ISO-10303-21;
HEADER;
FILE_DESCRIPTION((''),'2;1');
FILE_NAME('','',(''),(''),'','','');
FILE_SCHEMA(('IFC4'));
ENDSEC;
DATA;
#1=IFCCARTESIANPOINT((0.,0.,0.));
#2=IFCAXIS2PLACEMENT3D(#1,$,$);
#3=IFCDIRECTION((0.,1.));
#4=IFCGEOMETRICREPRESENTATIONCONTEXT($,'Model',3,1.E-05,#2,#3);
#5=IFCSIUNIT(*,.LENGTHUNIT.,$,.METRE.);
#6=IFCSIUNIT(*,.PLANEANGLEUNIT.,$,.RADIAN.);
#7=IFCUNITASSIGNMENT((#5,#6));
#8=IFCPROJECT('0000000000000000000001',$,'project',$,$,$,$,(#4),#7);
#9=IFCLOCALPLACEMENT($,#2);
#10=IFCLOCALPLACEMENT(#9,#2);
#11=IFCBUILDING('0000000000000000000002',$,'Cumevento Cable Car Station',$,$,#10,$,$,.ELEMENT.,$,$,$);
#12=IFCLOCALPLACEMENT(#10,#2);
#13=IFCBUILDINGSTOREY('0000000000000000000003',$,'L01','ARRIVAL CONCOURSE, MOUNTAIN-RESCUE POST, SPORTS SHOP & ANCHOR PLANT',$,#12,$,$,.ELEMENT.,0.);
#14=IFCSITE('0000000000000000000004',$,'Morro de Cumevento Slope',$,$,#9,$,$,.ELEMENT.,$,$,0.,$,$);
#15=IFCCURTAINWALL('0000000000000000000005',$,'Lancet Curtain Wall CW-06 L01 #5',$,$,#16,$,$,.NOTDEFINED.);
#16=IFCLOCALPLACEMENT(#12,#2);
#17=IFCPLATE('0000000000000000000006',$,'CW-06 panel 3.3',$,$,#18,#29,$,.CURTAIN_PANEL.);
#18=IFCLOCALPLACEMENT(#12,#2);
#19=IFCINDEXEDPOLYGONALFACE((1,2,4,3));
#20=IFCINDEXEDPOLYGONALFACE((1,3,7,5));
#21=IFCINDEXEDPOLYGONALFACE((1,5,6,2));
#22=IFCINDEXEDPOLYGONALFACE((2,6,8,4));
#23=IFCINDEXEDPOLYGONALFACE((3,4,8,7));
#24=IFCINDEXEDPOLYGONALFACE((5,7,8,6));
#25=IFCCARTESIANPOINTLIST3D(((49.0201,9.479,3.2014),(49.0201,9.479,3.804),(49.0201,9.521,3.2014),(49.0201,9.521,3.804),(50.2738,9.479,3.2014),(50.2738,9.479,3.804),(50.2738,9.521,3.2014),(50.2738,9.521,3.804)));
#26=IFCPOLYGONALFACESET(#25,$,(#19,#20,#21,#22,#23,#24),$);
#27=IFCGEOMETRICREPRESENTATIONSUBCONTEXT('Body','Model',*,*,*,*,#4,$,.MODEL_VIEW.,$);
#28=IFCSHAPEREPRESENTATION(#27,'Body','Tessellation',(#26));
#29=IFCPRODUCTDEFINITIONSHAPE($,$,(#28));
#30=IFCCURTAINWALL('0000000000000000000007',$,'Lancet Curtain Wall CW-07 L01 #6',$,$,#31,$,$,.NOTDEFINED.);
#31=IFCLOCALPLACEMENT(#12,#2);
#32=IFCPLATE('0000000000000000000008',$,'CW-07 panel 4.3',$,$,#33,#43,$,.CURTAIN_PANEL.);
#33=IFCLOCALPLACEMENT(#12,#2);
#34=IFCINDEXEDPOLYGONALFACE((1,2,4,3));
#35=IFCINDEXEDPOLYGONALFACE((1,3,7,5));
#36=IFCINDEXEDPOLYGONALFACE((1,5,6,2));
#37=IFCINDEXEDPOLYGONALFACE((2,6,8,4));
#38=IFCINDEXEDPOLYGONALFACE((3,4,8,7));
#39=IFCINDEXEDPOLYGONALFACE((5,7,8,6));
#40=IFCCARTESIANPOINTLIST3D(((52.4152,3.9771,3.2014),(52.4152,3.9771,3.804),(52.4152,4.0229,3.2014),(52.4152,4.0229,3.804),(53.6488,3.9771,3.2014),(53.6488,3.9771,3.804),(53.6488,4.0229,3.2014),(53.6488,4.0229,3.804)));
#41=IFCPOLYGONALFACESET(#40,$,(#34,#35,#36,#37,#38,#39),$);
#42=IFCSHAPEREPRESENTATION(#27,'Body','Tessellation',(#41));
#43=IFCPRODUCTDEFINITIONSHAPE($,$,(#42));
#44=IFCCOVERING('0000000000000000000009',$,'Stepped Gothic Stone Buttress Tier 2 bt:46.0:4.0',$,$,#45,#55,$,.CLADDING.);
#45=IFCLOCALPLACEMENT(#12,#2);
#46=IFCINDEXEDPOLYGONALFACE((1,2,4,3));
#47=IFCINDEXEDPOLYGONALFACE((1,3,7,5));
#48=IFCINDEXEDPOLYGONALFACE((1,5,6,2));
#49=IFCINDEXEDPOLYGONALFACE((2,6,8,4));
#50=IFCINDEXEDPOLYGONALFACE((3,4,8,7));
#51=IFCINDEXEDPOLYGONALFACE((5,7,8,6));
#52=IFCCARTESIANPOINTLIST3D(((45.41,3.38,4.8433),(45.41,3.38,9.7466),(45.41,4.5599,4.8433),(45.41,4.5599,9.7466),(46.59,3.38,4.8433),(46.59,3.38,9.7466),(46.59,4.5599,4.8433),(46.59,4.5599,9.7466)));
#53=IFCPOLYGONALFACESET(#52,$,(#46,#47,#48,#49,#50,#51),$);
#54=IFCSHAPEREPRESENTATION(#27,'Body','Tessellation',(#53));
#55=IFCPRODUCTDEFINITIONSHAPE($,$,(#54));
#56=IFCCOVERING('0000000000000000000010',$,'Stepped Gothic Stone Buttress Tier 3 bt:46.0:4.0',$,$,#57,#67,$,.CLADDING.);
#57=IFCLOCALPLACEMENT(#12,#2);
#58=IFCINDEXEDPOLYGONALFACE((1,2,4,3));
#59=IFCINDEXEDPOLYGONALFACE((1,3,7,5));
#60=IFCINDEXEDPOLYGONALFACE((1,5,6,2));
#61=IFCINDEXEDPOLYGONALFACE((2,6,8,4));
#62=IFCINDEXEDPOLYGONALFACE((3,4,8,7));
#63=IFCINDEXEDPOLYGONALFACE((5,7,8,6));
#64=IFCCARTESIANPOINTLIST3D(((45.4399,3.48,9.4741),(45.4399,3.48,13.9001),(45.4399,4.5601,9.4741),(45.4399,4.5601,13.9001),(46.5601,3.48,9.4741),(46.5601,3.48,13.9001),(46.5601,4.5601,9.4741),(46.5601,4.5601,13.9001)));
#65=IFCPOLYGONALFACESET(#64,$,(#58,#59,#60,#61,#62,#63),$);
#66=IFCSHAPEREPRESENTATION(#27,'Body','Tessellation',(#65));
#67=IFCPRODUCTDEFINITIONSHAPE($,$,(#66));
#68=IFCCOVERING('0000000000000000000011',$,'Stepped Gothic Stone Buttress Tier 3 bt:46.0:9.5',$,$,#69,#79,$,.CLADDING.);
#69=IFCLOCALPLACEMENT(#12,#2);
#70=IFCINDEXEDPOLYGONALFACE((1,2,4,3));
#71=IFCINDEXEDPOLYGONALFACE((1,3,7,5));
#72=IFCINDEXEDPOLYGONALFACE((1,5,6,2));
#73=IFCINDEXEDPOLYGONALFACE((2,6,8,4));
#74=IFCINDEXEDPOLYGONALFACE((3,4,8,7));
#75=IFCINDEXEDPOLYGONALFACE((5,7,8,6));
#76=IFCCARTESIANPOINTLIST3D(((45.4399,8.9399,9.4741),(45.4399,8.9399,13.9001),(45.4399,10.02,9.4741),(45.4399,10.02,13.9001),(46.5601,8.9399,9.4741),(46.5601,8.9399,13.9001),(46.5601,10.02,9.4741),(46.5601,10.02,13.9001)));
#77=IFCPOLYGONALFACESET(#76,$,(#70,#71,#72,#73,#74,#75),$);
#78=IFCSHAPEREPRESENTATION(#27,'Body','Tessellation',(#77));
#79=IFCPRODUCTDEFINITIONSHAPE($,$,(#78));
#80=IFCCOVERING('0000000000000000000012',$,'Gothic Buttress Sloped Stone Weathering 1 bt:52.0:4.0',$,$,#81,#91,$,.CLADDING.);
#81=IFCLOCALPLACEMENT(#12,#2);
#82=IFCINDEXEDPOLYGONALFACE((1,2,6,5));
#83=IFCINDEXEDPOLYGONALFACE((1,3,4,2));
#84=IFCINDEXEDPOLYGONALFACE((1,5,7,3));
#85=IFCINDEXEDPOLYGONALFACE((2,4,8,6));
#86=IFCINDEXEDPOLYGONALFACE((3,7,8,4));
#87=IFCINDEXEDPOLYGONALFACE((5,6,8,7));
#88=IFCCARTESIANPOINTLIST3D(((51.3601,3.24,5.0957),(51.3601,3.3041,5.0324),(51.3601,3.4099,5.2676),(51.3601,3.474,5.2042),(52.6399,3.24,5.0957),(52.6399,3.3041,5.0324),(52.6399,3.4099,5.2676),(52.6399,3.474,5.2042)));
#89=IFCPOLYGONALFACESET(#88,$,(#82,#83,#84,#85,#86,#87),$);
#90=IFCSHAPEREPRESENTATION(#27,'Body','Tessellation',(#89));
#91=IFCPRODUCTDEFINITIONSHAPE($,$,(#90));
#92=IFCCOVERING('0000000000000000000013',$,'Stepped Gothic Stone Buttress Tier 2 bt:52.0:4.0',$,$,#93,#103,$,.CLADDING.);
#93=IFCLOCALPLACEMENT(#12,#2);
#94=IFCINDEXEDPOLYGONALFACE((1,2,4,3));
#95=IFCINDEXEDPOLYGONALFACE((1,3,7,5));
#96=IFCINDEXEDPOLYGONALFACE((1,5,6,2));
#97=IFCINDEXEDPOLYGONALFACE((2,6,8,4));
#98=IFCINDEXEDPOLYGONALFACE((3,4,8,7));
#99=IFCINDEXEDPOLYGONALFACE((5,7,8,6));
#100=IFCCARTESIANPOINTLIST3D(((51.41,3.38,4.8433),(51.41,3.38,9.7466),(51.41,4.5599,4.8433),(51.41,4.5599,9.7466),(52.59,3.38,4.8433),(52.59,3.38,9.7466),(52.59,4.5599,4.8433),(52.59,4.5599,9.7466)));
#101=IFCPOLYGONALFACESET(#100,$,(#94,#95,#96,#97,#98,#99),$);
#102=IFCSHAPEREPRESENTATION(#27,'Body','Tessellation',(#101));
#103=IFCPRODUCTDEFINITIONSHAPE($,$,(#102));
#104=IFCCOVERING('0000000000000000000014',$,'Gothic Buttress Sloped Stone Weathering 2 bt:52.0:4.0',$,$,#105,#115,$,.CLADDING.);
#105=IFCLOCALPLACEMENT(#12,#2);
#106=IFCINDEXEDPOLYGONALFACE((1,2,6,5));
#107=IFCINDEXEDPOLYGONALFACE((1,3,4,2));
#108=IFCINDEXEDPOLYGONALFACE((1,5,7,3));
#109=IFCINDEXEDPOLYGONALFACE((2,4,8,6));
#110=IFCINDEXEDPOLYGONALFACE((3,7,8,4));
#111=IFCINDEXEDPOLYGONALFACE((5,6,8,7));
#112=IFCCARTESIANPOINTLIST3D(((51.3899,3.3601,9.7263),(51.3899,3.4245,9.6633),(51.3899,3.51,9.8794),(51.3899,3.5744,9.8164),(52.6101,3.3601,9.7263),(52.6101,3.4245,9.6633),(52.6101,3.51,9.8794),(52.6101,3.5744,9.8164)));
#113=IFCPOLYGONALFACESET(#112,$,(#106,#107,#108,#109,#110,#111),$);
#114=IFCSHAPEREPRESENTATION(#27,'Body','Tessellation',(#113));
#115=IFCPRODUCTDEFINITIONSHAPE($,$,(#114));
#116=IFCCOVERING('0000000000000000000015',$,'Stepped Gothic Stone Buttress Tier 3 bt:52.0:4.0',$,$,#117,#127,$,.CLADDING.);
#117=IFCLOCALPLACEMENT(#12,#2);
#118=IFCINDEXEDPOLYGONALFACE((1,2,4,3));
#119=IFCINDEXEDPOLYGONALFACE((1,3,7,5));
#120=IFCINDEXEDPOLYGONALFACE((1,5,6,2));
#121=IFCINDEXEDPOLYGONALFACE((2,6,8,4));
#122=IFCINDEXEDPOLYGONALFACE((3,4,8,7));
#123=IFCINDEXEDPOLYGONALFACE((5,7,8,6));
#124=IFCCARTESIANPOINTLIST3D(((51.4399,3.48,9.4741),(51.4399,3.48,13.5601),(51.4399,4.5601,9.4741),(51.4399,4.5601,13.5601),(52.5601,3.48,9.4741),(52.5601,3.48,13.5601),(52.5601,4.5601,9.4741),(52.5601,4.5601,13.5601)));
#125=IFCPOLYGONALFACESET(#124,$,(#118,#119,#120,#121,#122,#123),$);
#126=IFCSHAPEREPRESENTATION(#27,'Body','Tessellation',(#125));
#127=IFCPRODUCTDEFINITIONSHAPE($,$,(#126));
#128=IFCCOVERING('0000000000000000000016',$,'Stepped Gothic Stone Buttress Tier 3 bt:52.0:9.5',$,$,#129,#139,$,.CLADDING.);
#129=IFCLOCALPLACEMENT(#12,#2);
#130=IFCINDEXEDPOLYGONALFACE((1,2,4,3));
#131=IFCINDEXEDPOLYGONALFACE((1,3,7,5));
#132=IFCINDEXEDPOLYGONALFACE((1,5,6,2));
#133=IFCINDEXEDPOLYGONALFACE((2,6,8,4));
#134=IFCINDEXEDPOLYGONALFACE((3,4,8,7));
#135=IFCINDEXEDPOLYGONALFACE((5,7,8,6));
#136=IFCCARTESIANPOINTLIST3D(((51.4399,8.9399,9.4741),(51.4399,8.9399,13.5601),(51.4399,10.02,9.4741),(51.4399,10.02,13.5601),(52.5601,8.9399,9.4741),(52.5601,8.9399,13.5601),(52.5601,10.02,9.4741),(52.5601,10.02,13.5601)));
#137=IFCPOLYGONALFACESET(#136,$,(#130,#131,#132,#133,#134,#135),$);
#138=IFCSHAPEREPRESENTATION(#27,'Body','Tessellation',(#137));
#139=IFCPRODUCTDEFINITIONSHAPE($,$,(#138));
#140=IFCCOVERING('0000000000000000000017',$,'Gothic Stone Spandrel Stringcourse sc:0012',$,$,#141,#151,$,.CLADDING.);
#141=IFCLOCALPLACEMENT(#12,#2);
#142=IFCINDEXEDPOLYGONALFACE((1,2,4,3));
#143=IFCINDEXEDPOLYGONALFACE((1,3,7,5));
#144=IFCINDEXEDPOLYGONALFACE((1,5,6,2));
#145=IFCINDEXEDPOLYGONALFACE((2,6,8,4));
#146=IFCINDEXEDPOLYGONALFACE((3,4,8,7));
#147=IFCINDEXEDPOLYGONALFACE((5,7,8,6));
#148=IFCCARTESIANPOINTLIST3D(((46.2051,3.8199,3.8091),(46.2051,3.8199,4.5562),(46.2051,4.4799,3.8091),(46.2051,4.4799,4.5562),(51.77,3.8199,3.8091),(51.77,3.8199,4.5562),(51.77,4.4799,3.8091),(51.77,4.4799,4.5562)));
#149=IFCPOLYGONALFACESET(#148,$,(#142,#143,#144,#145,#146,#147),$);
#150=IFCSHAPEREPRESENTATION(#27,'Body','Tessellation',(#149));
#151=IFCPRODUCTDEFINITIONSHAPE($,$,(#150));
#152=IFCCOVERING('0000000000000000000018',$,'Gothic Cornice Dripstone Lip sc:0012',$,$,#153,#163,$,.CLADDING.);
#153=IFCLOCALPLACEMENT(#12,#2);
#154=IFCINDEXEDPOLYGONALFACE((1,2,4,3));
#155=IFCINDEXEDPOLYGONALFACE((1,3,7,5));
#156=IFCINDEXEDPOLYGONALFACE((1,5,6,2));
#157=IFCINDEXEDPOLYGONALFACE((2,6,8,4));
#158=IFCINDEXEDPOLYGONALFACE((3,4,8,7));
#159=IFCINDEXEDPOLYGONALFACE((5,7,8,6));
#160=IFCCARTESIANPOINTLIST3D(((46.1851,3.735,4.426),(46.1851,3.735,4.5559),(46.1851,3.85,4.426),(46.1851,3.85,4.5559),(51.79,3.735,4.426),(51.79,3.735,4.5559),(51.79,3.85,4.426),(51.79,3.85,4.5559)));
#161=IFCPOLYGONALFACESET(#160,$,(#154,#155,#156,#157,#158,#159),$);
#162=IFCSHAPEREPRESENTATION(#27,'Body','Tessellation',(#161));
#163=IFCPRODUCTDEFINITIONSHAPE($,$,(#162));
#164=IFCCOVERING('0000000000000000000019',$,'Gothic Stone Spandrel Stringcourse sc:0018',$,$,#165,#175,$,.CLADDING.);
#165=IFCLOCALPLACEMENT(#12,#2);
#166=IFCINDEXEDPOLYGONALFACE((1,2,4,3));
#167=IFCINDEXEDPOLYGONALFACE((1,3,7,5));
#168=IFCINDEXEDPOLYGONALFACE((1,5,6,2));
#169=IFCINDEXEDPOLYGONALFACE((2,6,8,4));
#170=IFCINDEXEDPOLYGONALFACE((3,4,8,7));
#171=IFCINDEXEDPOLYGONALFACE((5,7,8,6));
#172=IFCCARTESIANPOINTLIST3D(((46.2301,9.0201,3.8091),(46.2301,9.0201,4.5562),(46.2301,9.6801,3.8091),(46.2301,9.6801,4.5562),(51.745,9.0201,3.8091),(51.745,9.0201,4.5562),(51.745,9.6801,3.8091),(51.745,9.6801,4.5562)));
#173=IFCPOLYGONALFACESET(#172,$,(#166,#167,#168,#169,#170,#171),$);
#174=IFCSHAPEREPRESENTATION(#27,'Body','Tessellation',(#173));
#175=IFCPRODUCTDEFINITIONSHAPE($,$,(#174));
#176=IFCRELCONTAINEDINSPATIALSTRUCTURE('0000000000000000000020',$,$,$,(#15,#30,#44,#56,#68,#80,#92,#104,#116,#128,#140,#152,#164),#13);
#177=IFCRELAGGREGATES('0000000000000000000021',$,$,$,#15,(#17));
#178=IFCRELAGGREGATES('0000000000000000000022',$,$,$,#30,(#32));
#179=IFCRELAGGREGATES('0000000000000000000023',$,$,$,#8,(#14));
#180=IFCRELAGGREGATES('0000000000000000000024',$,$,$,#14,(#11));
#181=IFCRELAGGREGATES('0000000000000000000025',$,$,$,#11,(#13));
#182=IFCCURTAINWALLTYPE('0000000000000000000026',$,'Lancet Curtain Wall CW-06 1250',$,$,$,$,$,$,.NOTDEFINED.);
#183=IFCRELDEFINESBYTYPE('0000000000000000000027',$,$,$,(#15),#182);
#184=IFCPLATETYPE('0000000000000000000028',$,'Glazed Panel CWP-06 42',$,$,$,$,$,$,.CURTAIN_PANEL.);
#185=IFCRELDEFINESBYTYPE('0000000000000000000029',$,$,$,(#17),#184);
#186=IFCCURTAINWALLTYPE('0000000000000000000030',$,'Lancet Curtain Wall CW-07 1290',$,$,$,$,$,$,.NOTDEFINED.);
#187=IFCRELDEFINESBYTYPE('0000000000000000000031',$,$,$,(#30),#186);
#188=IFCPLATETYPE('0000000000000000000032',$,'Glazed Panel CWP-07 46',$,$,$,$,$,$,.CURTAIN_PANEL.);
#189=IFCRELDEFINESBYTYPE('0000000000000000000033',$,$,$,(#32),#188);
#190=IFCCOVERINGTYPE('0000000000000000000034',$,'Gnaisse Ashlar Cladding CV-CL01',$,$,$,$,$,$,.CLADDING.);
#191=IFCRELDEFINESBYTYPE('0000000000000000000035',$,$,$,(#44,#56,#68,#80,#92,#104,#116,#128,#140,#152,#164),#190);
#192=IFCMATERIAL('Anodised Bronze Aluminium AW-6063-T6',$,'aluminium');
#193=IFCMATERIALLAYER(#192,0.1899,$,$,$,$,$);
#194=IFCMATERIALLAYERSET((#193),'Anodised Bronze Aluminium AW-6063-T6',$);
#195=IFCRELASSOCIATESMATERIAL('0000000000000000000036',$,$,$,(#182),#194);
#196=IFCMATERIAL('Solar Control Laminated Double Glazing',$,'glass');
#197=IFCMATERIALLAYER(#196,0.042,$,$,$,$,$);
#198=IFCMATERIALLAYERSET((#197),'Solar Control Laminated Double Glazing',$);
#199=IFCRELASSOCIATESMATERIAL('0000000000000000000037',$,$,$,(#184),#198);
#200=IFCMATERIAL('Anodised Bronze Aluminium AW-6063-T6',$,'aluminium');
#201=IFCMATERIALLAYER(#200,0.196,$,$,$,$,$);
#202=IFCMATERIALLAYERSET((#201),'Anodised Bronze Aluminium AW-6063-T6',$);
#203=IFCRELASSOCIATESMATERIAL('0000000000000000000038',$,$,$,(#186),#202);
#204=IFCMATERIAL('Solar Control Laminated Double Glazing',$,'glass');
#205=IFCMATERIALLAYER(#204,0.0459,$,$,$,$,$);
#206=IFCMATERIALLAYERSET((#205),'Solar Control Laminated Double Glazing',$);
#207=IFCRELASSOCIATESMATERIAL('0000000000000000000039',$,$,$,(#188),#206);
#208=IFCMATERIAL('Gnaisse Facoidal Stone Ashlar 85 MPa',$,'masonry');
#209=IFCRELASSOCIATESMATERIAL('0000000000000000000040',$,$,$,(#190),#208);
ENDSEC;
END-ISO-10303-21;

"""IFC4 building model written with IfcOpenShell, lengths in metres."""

from ifc_helpers import new_model, si_unit, direction, frame, origin, origin_2d, place, context, subcontext, project, spatial, polyline, rectangle, outline, extrude, material, layer, layer_set, type_object, element, aggregate, save


model = new_model("IFC4")

# Units and contexts
model_context = context("Model", 3, precision=1e-05, world=origin(), true_north=direction((0.0, 1.0)))
body_context = subcontext(model_context, "Body", "Model", "MODEL_VIEW")
ifc_project = project(units=[si_unit("LENGTHUNIT", "METRE"), si_unit("PLANEANGLEUNIT", "RADIAN")], contexts=[model_context])

# Site, building, storey
site_placement = place(None, origin())
site = spatial("IfcSite", under=ifc_project, at=site_placement, Name="Morro de Cumevento Slope", CompositionType="ELEMENT", RefElevation=0.0)
building_placement = place(site_placement, origin())
building = spatial("IfcBuilding", under=site, at=building_placement, Name="Cumevento Cable Car Station", CompositionType="ELEMENT")
storey_placement = place(building_placement, origin())
storey = spatial("IfcBuildingStorey", under=building, at=storey_placement, Name="L01", Description="ARRIVAL CONCOURSE, MOUNTAIN-RESCUE POST, SPORTS SHOP & ANCHOR PLANT", CompositionType="ELEMENT", Elevation=0.0)

# Curtain wall
ifc_material_1 = material(Name="Anodised Bronze Aluminium AW-6063-T6", Category="aluminium")
ifc_layer_1 = layer(ifc_material_1, 0.1899)
ifc_layer_set_1 = layer_set([ifc_layer_1], Name="Anodised Bronze Aluminium AW-6063-T6")
curtain_wall_type_1 = type_object("IfcCurtainWallType", Name="Lancet Curtain Wall CW-06 1250", PredefinedType="NOTDEFINED", material=ifc_layer_set_1)
curtain_wall_1_placement = place(storey_placement, origin())
curtain_wall_1 = element("IfcCurtainWall", 1, at=curtain_wall_1_placement, inside=storey, type_object=curtain_wall_type_1, Name="Lancet Curtain Wall CW-06 L01 #5", PredefinedType="NOTDEFINED")

# Plate
ifc_material_2 = material(Name="Solar Control Laminated Double Glazing", Category="glass")
ifc_layer_2 = layer(ifc_material_2, 0.042)
ifc_layer_set_2 = layer_set([ifc_layer_2], Name="Solar Control Laminated Double Glazing")
plate_type_1 = type_object("IfcPlateType", Name="Glazed Panel CWP-06 42", PredefinedType="CURTAIN_PANEL", material=ifc_layer_set_2)
plate_1_placement = place(storey_placement, frame((49.647, 9.5, 3.2014), z_axis=(0.0, 0.0, 1.0), x_axis=(1.0, 0.0, 0.0)))
plate_1 = element("IfcPlate", 2, at=plate_1_placement, type_object=plate_type_1, Name="CW-06 panel 3.3", PredefinedType="CURTAIN_PANEL", context=body_context, shape_type="SweptSolid", body=[
    extrude(rectangle(XDim=1.2537, YDim=0.042, at=origin_2d()), origin(), (0.0, 0.0, 1.0), 0.6025),
])
aggregate(curtain_wall_1, [plate_1])

# Curtain wall, plate
ifc_material_3 = material(Name="Anodised Bronze Aluminium AW-6063-T6", Category="aluminium")
ifc_layer_3 = layer(ifc_material_3, 0.196)
ifc_layer_set_3 = layer_set([ifc_layer_3], Name="Anodised Bronze Aluminium AW-6063-T6")
curtain_wall_type_2 = type_object("IfcCurtainWallType", Name="Lancet Curtain Wall CW-07 1290", PredefinedType="NOTDEFINED", material=ifc_layer_set_3)
curtain_wall_2_placement = place(storey_placement, origin())
curtain_wall_2 = element("IfcCurtainWall", 3, at=curtain_wall_2_placement, inside=storey, type_object=curtain_wall_type_2, Name="Lancet Curtain Wall CW-07 L01 #6", PredefinedType="NOTDEFINED")
ifc_material_4 = material(Name="Solar Control Laminated Double Glazing", Category="glass")
ifc_layer_4 = layer(ifc_material_4, 0.0459)
ifc_layer_set_4 = layer_set([ifc_layer_4], Name="Solar Control Laminated Double Glazing")
plate_type_2 = type_object("IfcPlateType", Name="Glazed Panel CWP-07 46", PredefinedType="CURTAIN_PANEL", material=ifc_layer_set_4)
plate_2_placement = place(storey_placement, frame((53.032, 4.0, 3.2014), z_axis=(0.0, 0.0, 1.0), x_axis=(-1.0, 0.0, 0.0)))
plate_2 = element("IfcPlate", 4, at=plate_2_placement, type_object=plate_type_2, Name="CW-07 panel 4.3", PredefinedType="CURTAIN_PANEL", context=body_context, shape_type="SweptSolid", body=[
    extrude(rectangle(XDim=1.2336, YDim=0.0459, at=origin_2d()), origin(), (0.0, 0.0, 1.0), 0.6025),
])
aggregate(curtain_wall_2, [plate_2])

# Coverings
ifc_material_5 = material(Name="Gnaisse Facoidal Stone Ashlar 85 MPa", Category="masonry")
covering_type = type_object("IfcCoveringType", Name="Gnaisse Ashlar Cladding CV-CL01", PredefinedType="CLADDING", material=ifc_material_5)
covering_1_placement = place(storey_placement, frame((46.0, 3.97, 4.8433), z_axis=(0.0, 0.0, 1.0), x_axis=(1.0, 0.0, 0.0)))
element("IfcCovering", 5, at=covering_1_placement, inside=storey, type_object=covering_type, Name="Stepped Gothic Stone Buttress Tier 2 bt:46.0:4.0", PredefinedType="CLADDING", context=body_context, shape_type="SweptSolid", body=[
    extrude(rectangle(XDim=1.1799, YDim=1.1799, at=origin_2d()), origin(), (0.0, 0.0, 1.0), 4.9033),
])
for number, where, z_axis, x_axis, name in (
    (6, (46.0, 4.02, 9.4741), (0.0, 0.0, 1.0), (1.0, 0.0, 0.0), "Stepped Gothic Stone Buttress Tier 3 bt:46.0:4.0"),
    (7, (46.0, 9.48, 9.4741), (0.0, 0.0, 1.0), (-1.0, 0.0, 0.0), "Stepped Gothic Stone Buttress Tier 3 bt:46.0:9.5"),
):
    element("IfcCovering", number, at=place(storey_placement, frame(where, z_axis=z_axis, x_axis=x_axis)), inside=storey, type_object=covering_type, Name=name, PredefinedType="CLADDING", context=body_context, shape_type="SweptSolid", body=[
        extrude(rectangle(XDim=1.1201, YDim=1.0801, at=origin_2d()), origin(), (0.0, 0.0, 1.0), 4.426),
    ])
covering_2_placement = place(storey_placement, frame((51.3601, 3.24, 5.0957), z_axis=(0.0, -0.711136, 0.703055), x_axis=(1.0, 0.0, 0.0)))
element("IfcCovering", 8, at=covering_2_placement, inside=storey, type_object=covering_type, Name="Gothic Buttress Sloped Stone Weathering 1 bt:52.0:4.0", PredefinedType="CLADDING", context=body_context, shape_type="SweptSolid", body=[
    extrude(outline(polyline([(0.0, 0.0), (1.2798, 0.0), (1.2798, 0.2417), (0.0, 0.2417), (0.0, 0.0)])), origin(), (0.0, 0.0, -1.0), 0.0901),
])
covering_3_placement = place(storey_placement, frame((52.0, 3.97, 4.8433), z_axis=(0.0, 0.0, 1.0), x_axis=(1.0, 0.0, 0.0)))
element("IfcCovering", 9, at=covering_3_placement, inside=storey, type_object=covering_type, Name="Stepped Gothic Stone Buttress Tier 2 bt:52.0:4.0", PredefinedType="CLADDING", context=body_context, shape_type="SweptSolid", body=[
    extrude(rectangle(XDim=1.1799, YDim=1.1799, at=origin_2d()), origin(), (0.0, 0.0, 1.0), 4.9033),
])
covering_4_placement = place(storey_placement, frame((51.3899, 3.3601, 9.7263), z_axis=(0.0, -0.714475, 0.699661), x_axis=(1.0, 0.0, 0.0)))
element("IfcCovering", 10, at=covering_4_placement, inside=storey, type_object=covering_type, Name="Gothic Buttress Sloped Stone Weathering 2 bt:52.0:4.0", PredefinedType="CLADDING", context=body_context, shape_type="SweptSolid", body=[
    extrude(outline(polyline([(0.0, 0.0), (1.2202, 0.0), (1.2202, 0.2142), (0.0, 0.2142), (0.0, 0.0)])), origin(), (0.0, 0.0, -1.0), 0.0901),
])
for number, where, z_axis, x_axis, name in (
    (11, (52.0, 4.02, 9.4741), (0.0, 0.0, 1.0), (1.0, 0.0, 0.0), "Stepped Gothic Stone Buttress Tier 3 bt:52.0:4.0"),
    (12, (52.0, 9.48, 9.4741), (0.0, 0.0, 1.0), (-1.0, 0.0, 0.0), "Stepped Gothic Stone Buttress Tier 3 bt:52.0:9.5"),
):
    element("IfcCovering", number, at=place(storey_placement, frame(where, z_axis=z_axis, x_axis=x_axis)), inside=storey, type_object=covering_type, Name=name, PredefinedType="CLADDING", context=body_context, shape_type="SweptSolid", body=[
        extrude(rectangle(XDim=1.1201, YDim=1.0801, at=origin_2d()), origin(), (0.0, 0.0, 1.0), 4.0859),
    ])
covering_5_placement = place(storey_placement, frame((48.9875, 4.1499, 3.8091), z_axis=(0.0, 0.0, 1.0), x_axis=(-1.0, 0.0, 0.0)))
element("IfcCovering", 13, at=covering_5_placement, inside=storey, type_object=covering_type, Name="Gothic Stone Spandrel Stringcourse sc:0012", PredefinedType="CLADDING", context=body_context, shape_type="SweptSolid", body=[
    extrude(rectangle(XDim=5.5649, YDim=0.6599, at=origin_2d()), origin(), (0.0, 0.0, 1.0), 0.7471),
])
covering_6_placement = place(storey_placement, frame((48.9875, 3.7925, 4.426), z_axis=(0.0, 0.0, 1.0), x_axis=(-1.0, 0.0, 0.0)))
element("IfcCovering", 14, at=covering_6_placement, inside=storey, type_object=covering_type, Name="Gothic Cornice Dripstone Lip sc:0012", PredefinedType="CLADDING", context=body_context, shape_type="SweptSolid", body=[
    extrude(rectangle(XDim=5.605, YDim=0.115, at=origin_2d()), origin(), (0.0, 0.0, 1.0), 0.1299),
])
covering_7_placement = place(storey_placement, frame((48.9875, 9.3501, 3.8091), z_axis=(0.0, 0.0, 1.0), x_axis=(1.0, 0.0, 0.0)))
element("IfcCovering", 15, at=covering_7_placement, inside=storey, type_object=covering_type, Name="Gothic Stone Spandrel Stringcourse sc:0018", PredefinedType="CLADDING", context=body_context, shape_type="SweptSolid", body=[
    extrude(rectangle(XDim=5.5149, YDim=0.6599, at=origin_2d()), origin(), (0.0, 0.0, 1.0), 0.7471),
])

save(model, "model.ifc")
